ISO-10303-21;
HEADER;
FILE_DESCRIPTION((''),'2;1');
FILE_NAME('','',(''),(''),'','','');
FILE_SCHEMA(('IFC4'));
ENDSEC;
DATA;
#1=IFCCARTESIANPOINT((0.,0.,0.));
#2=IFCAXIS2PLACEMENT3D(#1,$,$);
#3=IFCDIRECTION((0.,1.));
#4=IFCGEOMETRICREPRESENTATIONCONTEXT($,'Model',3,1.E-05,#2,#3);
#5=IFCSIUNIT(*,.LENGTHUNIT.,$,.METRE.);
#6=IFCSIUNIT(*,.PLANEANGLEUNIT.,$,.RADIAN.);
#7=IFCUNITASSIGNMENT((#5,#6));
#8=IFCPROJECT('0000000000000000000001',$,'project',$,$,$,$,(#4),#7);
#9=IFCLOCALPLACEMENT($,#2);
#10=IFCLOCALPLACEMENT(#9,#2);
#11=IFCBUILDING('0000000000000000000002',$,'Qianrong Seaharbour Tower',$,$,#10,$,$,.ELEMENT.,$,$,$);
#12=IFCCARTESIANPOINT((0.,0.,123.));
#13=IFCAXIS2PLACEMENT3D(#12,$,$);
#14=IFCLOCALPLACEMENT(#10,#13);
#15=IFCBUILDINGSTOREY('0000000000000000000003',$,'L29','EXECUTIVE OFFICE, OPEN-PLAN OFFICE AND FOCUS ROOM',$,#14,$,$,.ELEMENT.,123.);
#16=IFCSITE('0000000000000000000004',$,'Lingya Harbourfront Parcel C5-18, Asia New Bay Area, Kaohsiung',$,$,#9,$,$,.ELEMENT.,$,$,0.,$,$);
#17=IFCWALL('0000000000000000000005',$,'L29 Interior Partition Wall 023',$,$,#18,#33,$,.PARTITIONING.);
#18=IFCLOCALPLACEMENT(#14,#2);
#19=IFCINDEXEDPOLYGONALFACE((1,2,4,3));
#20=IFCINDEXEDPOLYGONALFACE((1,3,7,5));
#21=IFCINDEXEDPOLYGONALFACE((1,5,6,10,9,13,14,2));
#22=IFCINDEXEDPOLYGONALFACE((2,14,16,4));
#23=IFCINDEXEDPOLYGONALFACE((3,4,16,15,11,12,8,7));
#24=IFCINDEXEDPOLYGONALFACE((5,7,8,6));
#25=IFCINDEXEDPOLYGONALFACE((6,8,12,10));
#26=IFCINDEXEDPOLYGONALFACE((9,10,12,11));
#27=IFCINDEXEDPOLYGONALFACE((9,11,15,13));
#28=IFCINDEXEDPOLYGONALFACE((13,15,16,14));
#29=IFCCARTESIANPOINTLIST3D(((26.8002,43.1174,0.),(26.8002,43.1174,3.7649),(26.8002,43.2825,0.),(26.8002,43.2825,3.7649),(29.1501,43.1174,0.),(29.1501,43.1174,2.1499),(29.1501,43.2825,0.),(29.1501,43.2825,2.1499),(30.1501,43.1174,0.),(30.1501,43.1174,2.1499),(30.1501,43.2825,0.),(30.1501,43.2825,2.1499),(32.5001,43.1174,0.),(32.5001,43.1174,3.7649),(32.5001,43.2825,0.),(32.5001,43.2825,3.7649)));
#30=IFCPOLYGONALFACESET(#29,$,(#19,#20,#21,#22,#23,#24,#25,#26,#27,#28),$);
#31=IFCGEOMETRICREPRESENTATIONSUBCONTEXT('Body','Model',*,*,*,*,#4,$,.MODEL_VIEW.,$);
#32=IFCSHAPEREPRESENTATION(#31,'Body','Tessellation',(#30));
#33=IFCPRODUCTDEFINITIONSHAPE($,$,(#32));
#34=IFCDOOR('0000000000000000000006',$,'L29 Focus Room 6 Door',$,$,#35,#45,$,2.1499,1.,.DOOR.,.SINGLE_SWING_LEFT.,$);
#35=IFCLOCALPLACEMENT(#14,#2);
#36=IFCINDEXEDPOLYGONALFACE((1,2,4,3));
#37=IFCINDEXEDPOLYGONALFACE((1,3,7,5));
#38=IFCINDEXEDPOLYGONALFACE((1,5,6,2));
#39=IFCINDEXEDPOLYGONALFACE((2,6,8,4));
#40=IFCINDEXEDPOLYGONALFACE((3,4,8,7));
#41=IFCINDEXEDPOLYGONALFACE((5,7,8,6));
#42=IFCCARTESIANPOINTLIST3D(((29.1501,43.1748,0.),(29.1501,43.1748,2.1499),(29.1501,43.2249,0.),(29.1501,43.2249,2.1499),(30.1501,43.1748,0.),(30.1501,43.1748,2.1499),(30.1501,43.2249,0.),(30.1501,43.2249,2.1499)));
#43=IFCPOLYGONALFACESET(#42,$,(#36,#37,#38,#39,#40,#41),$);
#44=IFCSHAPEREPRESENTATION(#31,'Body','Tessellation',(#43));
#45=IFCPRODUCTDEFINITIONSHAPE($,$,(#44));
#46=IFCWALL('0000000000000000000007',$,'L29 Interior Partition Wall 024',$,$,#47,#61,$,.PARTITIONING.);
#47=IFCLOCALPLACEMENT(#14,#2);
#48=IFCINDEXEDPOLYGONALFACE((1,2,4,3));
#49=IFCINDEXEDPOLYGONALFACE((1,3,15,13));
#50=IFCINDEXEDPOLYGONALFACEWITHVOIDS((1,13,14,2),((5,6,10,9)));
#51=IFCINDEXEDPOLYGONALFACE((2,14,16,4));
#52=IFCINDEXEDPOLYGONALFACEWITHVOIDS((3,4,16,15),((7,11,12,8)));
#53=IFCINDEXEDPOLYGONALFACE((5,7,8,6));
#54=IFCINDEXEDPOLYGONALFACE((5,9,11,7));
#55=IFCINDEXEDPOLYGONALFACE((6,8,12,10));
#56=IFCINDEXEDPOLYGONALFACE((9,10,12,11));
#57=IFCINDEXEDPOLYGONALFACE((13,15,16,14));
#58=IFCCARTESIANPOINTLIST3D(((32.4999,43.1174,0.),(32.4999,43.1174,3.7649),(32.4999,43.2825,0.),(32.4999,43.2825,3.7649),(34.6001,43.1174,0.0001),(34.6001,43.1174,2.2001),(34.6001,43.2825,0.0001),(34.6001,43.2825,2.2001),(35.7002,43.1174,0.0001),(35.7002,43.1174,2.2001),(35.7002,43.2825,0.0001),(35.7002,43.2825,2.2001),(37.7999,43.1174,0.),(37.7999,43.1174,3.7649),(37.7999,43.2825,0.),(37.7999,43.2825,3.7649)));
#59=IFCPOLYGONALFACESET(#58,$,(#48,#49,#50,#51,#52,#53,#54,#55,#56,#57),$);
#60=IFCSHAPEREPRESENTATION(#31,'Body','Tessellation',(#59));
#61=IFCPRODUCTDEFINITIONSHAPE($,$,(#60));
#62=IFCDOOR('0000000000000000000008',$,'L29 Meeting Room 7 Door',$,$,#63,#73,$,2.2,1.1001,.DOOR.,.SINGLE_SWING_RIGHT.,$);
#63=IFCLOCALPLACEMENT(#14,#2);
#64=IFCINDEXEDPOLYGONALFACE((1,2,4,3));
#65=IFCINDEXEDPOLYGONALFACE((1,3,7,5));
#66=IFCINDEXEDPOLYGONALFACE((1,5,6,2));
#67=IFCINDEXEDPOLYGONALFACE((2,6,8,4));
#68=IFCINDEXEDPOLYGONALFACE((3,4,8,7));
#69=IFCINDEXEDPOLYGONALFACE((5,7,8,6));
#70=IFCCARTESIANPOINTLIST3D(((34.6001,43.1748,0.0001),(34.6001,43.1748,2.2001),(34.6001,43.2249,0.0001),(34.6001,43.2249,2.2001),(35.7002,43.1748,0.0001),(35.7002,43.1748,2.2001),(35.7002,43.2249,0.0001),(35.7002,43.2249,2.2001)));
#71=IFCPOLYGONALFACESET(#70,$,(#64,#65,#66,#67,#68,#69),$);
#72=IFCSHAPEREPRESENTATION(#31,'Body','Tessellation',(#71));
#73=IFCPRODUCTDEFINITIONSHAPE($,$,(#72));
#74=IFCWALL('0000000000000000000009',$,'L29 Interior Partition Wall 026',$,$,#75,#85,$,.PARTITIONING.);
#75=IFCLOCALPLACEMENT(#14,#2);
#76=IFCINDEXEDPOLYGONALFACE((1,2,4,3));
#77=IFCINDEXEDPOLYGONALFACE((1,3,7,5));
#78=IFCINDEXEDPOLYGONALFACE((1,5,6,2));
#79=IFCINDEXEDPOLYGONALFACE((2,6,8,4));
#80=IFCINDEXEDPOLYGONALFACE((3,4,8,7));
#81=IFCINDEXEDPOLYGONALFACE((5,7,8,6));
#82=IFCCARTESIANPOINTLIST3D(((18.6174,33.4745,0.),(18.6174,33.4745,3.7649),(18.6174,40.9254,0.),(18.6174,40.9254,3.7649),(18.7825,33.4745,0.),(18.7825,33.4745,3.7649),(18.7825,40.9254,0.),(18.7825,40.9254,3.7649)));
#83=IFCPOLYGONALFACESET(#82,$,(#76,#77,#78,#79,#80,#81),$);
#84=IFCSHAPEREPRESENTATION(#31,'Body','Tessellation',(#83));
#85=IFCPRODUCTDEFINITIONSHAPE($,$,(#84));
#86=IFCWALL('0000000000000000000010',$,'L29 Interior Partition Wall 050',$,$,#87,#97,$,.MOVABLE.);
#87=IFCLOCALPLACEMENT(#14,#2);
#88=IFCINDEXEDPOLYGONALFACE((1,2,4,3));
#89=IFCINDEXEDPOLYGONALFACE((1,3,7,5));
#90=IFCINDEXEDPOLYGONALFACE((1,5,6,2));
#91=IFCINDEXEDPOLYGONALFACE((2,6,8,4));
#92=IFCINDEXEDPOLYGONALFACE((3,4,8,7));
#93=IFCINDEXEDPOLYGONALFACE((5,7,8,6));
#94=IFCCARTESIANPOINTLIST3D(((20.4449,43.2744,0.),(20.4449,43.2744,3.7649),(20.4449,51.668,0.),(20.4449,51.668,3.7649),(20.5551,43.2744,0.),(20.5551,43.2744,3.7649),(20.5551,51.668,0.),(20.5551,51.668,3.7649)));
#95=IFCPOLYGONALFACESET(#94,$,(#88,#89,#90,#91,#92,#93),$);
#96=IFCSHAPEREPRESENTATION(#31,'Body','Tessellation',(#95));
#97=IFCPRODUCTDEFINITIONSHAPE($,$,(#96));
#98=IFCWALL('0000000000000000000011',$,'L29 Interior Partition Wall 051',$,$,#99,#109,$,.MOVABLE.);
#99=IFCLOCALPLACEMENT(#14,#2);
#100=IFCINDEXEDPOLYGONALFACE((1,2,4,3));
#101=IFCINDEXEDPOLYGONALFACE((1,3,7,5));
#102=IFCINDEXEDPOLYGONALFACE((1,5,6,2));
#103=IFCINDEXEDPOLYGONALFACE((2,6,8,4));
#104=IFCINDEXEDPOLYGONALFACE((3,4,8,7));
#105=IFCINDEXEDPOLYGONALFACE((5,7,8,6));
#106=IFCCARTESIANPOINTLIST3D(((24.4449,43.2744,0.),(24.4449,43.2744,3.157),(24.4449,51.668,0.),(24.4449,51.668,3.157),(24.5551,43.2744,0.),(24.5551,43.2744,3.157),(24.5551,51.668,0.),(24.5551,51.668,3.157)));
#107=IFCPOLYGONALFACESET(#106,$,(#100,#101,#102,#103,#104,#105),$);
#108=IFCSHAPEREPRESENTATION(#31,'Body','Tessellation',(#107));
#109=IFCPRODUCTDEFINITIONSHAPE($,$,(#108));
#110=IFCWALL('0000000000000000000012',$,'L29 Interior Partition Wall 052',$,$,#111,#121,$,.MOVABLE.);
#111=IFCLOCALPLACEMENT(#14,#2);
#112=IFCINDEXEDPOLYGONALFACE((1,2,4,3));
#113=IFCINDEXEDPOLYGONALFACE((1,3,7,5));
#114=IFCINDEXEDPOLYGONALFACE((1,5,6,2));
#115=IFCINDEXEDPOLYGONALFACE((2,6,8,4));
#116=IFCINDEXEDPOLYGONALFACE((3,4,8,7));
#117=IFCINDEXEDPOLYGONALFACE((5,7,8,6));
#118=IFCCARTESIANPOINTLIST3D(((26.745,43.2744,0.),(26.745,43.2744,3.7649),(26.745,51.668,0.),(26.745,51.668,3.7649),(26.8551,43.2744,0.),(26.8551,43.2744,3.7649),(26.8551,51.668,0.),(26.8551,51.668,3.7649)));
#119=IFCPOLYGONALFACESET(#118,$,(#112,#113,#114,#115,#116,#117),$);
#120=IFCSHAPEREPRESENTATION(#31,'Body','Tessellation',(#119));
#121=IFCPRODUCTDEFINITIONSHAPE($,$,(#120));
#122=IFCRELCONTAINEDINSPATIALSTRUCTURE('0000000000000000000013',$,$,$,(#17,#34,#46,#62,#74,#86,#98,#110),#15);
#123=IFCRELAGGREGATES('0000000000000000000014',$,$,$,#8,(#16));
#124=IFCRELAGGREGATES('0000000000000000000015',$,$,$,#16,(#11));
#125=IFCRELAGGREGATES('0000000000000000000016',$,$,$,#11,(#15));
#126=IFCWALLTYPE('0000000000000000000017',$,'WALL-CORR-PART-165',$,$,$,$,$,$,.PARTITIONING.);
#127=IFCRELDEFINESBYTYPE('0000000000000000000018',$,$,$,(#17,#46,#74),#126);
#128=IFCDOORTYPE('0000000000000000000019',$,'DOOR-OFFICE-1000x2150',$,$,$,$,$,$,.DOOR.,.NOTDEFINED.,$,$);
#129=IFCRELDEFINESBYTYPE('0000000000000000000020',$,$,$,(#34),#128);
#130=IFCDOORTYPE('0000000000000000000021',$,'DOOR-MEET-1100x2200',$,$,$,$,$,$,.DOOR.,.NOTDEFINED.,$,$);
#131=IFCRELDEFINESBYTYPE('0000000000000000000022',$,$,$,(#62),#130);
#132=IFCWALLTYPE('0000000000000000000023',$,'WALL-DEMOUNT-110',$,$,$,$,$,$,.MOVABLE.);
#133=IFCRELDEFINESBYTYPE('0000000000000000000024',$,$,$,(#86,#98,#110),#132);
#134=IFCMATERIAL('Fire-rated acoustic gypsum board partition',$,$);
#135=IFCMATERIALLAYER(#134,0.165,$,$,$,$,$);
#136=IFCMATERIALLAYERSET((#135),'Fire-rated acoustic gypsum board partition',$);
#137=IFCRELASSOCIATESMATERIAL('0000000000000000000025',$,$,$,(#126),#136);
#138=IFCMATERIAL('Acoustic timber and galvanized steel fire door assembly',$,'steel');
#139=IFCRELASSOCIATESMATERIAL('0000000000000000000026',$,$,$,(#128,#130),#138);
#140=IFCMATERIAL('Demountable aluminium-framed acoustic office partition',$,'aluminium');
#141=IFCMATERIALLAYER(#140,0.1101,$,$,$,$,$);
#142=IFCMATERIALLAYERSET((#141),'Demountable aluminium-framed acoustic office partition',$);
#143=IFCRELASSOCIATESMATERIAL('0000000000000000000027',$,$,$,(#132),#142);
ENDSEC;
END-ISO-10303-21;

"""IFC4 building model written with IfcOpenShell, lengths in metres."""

from ifc_helpers import new_model, si_unit, direction, frame, frame_2d, origin, place, context, subcontext, project, spatial, rectangle, extrude, material, layer, layer_set, type_object, element, fill, save


model = new_model("IFC4")

# Units and contexts
model_context = context("Model", 3, precision=1e-05, world=origin(), true_north=direction((0.0, 1.0)))
body_context = subcontext(model_context, "Body", "Model", "MODEL_VIEW")
ifc_project = project(units=[si_unit("LENGTHUNIT", "METRE"), si_unit("PLANEANGLEUNIT", "RADIAN")], contexts=[model_context])

# Site, building, storey
site_placement = place(None, origin())
site = spatial("IfcSite", under=ifc_project, at=site_placement, Name="Lingya Harbourfront Parcel C5-18, Asia New Bay Area, Kaohsiung", CompositionType="ELEMENT", RefElevation=0.0)
building_placement = place(site_placement, origin())
building = spatial("IfcBuilding", under=site, at=building_placement, Name="Qianrong Seaharbour Tower", CompositionType="ELEMENT")
storey_placement = place(building_placement, frame((0.0, 0.0, 123.0)))
storey = spatial("IfcBuildingStorey", under=building, at=storey_placement, Name="L29", Description="EXECUTIVE OFFICE, OPEN-PLAN OFFICE AND FOCUS ROOM", CompositionType="ELEMENT", Elevation=123.0)

# Walls, openings, doors
ifc_material_1 = material(Name="Fire-rated acoustic gypsum board partition")
ifc_layer_1 = layer(ifc_material_1, 0.165)
ifc_layer_set_1 = layer_set([ifc_layer_1], Name="Fire-rated acoustic gypsum board partition")
wall_type_1 = type_object("IfcWallType", Name="WALL-CORR-PART-165", PredefinedType="PARTITIONING", material=ifc_layer_set_1)
ifc_material_2 = material(Name="Acoustic timber and galvanized steel fire door assembly", Category="steel")
door_type_1 = type_object("IfcDoorType", Name="DOOR-OFFICE-1000x2150", OperationType="NOTDEFINED", PredefinedType="DOOR", material=ifc_material_2)
wall_1_placement = place(storey_placement, frame((26.8, 43.2, 0.0), z_axis=(0.0, 0.0, 1.0), x_axis=(1.0, 0.0, 0.0)))
wall_1 = element("IfcWall", 1, at=wall_1_placement, inside=storey, type_object=wall_type_1, Name="L29 Interior Partition Wall 023", PredefinedType="PARTITIONING", context=body_context, shape_type="SweptSolid", body=[
    extrude(rectangle(XDim=5.7, YDim=0.165, at=frame_2d((2.8501, 0.0))), origin(), (0.0, 0.0, 1.0), 3.7649),
])
opening_1_placement = place(wall_1_placement, frame((2.3501, 0.0, 0.0)))
opening_1 = element("IfcOpeningElement", 2, at=opening_1_placement, cuts=wall_1, PredefinedType="OPENING", context=body_context, shape_type="SweptSolid", body=[
    extrude(rectangle(XDim=1.0, YDim=2.1499, at=frame_2d((0.5, 1.075))), frame((0.0, 0.0925, 0.0), z_axis=(0.0, -1.0, 0.0), x_axis=(1.0, 0.0, 0.0)), (0.0, 0.0, 1.0), 0.1851),
])
door_1_placement = place(opening_1_placement, origin())
door_1 = element("IfcDoor", 3, at=door_1_placement, inside=storey, type_object=door_type_1, Name="L29 Focus Room 6 Door", OperationType="SINGLE_SWING_LEFT", OverallHeight=2.1499, OverallWidth=1.0, PredefinedType="DOOR", context=body_context, shape_type="SweptSolid", body=[
    extrude(rectangle(XDim=1.0, YDim=2.1499, at=frame_2d((0.5, 1.075))), frame((0.0, 0.0249, 0.0), z_axis=(0.0, -1.0, 0.0), x_axis=(1.0, 0.0, 0.0)), (0.0, 0.0, 1.0), 0.05),
])
fill(opening_1, door_1)
wall_2_placement = place(storey_placement, frame((32.5, 43.2, 0.0), z_axis=(0.0, 0.0, 1.0), x_axis=(1.0, 0.0, 0.0)))
wall_2 = element("IfcWall", 4, at=wall_2_placement, inside=storey, type_object=wall_type_1, Name="L29 Interior Partition Wall 024", PredefinedType="PARTITIONING", context=body_context, shape_type="SweptSolid", body=[
    extrude(rectangle(XDim=5.3, YDim=0.165, at=frame_2d((2.6499, 0.0))), origin(), (0.0, 0.0, 1.0), 3.7649),
])
opening_2_placement = place(wall_2_placement, frame((2.1001, 0.0, 0.0)))
opening_2 = element("IfcOpeningElement", 5, at=opening_2_placement, cuts=wall_2, PredefinedType="OPENING", context=body_context, shape_type="SweptSolid", body=[
    extrude(rectangle(XDim=1.1001, YDim=2.2, at=frame_2d((0.55, 1.1001))), frame((0.0, 0.0925, 0.0), z_axis=(0.0, -1.0, 0.0), x_axis=(1.0, 0.0, 0.0)), (0.0, 0.0, 1.0), 0.1851),
])
door_type_2 = type_object("IfcDoorType", Name="DOOR-MEET-1100x2200", OperationType="NOTDEFINED", PredefinedType="DOOR", material=ifc_material_2)
door_2_placement = place(opening_2_placement, origin())
door_2 = element("IfcDoor", 6, at=door_2_placement, inside=storey, type_object=door_type_2, Name="L29 Meeting Room 7 Door", OperationType="SINGLE_SWING_RIGHT", OverallHeight=2.2, OverallWidth=1.1001, PredefinedType="DOOR", context=body_context, shape_type="SweptSolid", body=[
    extrude(rectangle(XDim=1.1001, YDim=2.2, at=frame_2d((0.55, 1.1001))), frame((0.0, 0.0249, 0.0), z_axis=(0.0, -1.0, 0.0), x_axis=(1.0, 0.0, 0.0)), (0.0, 0.0, 1.0), 0.05),
])
fill(opening_2, door_2)

# Walls
wall_3_placement = place(storey_placement, frame((18.7, 40.9255, 0.0), z_axis=(0.0, 0.0, 1.0), x_axis=(0.0, -1.0, 0.0)))
element("IfcWall", 7, at=wall_3_placement, inside=storey, type_object=wall_type_1, Name="L29 Interior Partition Wall 026", PredefinedType="PARTITIONING", context=body_context, shape_type="SweptSolid", body=[
    extrude(rectangle(XDim=7.4509, YDim=0.165, at=frame_2d((3.7256, 0.0))), origin(), (0.0, 0.0, 1.0), 3.7649),
])
ifc_material_3 = material(Name="Demountable aluminium-framed acoustic office partition", Category="aluminium")
ifc_layer_2 = layer(ifc_material_3, 0.1101)
ifc_layer_set_2 = layer_set([ifc_layer_2], Name="Demountable aluminium-framed acoustic office partition")
wall_type_2 = type_object("IfcWallType", Name="WALL-DEMOUNT-110", PredefinedType="MOVABLE", material=ifc_layer_set_2)
wall_4_placement = place(storey_placement, frame((20.5, 51.668, 0.0), z_axis=(0.0, 0.0, 1.0), x_axis=(0.0, -1.0, 0.0)))
element("IfcWall", 8, at=wall_4_placement, inside=storey, type_object=wall_type_2, Name="L29 Interior Partition Wall 050", PredefinedType="MOVABLE", context=body_context, shape_type="SweptSolid", body=[
    extrude(rectangle(XDim=8.3936, YDim=0.1101, at=frame_2d((4.1968, 0.0))), origin(), (0.0, 0.0, 1.0), 3.7649),
])
wall_5_placement = place(storey_placement, frame((24.5, 51.668, 0.0), z_axis=(0.0, 0.0, 1.0), x_axis=(0.0, -1.0, 0.0)))
element("IfcWall", 9, at=wall_5_placement, inside=storey, type_object=wall_type_2, Name="L29 Interior Partition Wall 051", PredefinedType="MOVABLE", context=body_context, shape_type="SweptSolid", body=[
    extrude(rectangle(XDim=8.3936, YDim=0.1101, at=frame_2d((4.1968, 0.0))), origin(), (0.0, 0.0, 1.0), 3.157),
])
wall_6_placement = place(storey_placement, frame((26.8, 51.668, 0.0), z_axis=(0.0, 0.0, 1.0), x_axis=(0.0, -1.0, 0.0)))
element("IfcWall", 10, at=wall_6_placement, inside=storey, type_object=wall_type_2, Name="L29 Interior Partition Wall 052", PredefinedType="MOVABLE", context=body_context, shape_type="SweptSolid", body=[
    extrude(rectangle(XDim=8.3936, YDim=0.1101, at=frame_2d((4.1968, 0.0))), origin(), (0.0, 0.0, 1.0), 3.7649),
])

save(model, "model.ifc")
